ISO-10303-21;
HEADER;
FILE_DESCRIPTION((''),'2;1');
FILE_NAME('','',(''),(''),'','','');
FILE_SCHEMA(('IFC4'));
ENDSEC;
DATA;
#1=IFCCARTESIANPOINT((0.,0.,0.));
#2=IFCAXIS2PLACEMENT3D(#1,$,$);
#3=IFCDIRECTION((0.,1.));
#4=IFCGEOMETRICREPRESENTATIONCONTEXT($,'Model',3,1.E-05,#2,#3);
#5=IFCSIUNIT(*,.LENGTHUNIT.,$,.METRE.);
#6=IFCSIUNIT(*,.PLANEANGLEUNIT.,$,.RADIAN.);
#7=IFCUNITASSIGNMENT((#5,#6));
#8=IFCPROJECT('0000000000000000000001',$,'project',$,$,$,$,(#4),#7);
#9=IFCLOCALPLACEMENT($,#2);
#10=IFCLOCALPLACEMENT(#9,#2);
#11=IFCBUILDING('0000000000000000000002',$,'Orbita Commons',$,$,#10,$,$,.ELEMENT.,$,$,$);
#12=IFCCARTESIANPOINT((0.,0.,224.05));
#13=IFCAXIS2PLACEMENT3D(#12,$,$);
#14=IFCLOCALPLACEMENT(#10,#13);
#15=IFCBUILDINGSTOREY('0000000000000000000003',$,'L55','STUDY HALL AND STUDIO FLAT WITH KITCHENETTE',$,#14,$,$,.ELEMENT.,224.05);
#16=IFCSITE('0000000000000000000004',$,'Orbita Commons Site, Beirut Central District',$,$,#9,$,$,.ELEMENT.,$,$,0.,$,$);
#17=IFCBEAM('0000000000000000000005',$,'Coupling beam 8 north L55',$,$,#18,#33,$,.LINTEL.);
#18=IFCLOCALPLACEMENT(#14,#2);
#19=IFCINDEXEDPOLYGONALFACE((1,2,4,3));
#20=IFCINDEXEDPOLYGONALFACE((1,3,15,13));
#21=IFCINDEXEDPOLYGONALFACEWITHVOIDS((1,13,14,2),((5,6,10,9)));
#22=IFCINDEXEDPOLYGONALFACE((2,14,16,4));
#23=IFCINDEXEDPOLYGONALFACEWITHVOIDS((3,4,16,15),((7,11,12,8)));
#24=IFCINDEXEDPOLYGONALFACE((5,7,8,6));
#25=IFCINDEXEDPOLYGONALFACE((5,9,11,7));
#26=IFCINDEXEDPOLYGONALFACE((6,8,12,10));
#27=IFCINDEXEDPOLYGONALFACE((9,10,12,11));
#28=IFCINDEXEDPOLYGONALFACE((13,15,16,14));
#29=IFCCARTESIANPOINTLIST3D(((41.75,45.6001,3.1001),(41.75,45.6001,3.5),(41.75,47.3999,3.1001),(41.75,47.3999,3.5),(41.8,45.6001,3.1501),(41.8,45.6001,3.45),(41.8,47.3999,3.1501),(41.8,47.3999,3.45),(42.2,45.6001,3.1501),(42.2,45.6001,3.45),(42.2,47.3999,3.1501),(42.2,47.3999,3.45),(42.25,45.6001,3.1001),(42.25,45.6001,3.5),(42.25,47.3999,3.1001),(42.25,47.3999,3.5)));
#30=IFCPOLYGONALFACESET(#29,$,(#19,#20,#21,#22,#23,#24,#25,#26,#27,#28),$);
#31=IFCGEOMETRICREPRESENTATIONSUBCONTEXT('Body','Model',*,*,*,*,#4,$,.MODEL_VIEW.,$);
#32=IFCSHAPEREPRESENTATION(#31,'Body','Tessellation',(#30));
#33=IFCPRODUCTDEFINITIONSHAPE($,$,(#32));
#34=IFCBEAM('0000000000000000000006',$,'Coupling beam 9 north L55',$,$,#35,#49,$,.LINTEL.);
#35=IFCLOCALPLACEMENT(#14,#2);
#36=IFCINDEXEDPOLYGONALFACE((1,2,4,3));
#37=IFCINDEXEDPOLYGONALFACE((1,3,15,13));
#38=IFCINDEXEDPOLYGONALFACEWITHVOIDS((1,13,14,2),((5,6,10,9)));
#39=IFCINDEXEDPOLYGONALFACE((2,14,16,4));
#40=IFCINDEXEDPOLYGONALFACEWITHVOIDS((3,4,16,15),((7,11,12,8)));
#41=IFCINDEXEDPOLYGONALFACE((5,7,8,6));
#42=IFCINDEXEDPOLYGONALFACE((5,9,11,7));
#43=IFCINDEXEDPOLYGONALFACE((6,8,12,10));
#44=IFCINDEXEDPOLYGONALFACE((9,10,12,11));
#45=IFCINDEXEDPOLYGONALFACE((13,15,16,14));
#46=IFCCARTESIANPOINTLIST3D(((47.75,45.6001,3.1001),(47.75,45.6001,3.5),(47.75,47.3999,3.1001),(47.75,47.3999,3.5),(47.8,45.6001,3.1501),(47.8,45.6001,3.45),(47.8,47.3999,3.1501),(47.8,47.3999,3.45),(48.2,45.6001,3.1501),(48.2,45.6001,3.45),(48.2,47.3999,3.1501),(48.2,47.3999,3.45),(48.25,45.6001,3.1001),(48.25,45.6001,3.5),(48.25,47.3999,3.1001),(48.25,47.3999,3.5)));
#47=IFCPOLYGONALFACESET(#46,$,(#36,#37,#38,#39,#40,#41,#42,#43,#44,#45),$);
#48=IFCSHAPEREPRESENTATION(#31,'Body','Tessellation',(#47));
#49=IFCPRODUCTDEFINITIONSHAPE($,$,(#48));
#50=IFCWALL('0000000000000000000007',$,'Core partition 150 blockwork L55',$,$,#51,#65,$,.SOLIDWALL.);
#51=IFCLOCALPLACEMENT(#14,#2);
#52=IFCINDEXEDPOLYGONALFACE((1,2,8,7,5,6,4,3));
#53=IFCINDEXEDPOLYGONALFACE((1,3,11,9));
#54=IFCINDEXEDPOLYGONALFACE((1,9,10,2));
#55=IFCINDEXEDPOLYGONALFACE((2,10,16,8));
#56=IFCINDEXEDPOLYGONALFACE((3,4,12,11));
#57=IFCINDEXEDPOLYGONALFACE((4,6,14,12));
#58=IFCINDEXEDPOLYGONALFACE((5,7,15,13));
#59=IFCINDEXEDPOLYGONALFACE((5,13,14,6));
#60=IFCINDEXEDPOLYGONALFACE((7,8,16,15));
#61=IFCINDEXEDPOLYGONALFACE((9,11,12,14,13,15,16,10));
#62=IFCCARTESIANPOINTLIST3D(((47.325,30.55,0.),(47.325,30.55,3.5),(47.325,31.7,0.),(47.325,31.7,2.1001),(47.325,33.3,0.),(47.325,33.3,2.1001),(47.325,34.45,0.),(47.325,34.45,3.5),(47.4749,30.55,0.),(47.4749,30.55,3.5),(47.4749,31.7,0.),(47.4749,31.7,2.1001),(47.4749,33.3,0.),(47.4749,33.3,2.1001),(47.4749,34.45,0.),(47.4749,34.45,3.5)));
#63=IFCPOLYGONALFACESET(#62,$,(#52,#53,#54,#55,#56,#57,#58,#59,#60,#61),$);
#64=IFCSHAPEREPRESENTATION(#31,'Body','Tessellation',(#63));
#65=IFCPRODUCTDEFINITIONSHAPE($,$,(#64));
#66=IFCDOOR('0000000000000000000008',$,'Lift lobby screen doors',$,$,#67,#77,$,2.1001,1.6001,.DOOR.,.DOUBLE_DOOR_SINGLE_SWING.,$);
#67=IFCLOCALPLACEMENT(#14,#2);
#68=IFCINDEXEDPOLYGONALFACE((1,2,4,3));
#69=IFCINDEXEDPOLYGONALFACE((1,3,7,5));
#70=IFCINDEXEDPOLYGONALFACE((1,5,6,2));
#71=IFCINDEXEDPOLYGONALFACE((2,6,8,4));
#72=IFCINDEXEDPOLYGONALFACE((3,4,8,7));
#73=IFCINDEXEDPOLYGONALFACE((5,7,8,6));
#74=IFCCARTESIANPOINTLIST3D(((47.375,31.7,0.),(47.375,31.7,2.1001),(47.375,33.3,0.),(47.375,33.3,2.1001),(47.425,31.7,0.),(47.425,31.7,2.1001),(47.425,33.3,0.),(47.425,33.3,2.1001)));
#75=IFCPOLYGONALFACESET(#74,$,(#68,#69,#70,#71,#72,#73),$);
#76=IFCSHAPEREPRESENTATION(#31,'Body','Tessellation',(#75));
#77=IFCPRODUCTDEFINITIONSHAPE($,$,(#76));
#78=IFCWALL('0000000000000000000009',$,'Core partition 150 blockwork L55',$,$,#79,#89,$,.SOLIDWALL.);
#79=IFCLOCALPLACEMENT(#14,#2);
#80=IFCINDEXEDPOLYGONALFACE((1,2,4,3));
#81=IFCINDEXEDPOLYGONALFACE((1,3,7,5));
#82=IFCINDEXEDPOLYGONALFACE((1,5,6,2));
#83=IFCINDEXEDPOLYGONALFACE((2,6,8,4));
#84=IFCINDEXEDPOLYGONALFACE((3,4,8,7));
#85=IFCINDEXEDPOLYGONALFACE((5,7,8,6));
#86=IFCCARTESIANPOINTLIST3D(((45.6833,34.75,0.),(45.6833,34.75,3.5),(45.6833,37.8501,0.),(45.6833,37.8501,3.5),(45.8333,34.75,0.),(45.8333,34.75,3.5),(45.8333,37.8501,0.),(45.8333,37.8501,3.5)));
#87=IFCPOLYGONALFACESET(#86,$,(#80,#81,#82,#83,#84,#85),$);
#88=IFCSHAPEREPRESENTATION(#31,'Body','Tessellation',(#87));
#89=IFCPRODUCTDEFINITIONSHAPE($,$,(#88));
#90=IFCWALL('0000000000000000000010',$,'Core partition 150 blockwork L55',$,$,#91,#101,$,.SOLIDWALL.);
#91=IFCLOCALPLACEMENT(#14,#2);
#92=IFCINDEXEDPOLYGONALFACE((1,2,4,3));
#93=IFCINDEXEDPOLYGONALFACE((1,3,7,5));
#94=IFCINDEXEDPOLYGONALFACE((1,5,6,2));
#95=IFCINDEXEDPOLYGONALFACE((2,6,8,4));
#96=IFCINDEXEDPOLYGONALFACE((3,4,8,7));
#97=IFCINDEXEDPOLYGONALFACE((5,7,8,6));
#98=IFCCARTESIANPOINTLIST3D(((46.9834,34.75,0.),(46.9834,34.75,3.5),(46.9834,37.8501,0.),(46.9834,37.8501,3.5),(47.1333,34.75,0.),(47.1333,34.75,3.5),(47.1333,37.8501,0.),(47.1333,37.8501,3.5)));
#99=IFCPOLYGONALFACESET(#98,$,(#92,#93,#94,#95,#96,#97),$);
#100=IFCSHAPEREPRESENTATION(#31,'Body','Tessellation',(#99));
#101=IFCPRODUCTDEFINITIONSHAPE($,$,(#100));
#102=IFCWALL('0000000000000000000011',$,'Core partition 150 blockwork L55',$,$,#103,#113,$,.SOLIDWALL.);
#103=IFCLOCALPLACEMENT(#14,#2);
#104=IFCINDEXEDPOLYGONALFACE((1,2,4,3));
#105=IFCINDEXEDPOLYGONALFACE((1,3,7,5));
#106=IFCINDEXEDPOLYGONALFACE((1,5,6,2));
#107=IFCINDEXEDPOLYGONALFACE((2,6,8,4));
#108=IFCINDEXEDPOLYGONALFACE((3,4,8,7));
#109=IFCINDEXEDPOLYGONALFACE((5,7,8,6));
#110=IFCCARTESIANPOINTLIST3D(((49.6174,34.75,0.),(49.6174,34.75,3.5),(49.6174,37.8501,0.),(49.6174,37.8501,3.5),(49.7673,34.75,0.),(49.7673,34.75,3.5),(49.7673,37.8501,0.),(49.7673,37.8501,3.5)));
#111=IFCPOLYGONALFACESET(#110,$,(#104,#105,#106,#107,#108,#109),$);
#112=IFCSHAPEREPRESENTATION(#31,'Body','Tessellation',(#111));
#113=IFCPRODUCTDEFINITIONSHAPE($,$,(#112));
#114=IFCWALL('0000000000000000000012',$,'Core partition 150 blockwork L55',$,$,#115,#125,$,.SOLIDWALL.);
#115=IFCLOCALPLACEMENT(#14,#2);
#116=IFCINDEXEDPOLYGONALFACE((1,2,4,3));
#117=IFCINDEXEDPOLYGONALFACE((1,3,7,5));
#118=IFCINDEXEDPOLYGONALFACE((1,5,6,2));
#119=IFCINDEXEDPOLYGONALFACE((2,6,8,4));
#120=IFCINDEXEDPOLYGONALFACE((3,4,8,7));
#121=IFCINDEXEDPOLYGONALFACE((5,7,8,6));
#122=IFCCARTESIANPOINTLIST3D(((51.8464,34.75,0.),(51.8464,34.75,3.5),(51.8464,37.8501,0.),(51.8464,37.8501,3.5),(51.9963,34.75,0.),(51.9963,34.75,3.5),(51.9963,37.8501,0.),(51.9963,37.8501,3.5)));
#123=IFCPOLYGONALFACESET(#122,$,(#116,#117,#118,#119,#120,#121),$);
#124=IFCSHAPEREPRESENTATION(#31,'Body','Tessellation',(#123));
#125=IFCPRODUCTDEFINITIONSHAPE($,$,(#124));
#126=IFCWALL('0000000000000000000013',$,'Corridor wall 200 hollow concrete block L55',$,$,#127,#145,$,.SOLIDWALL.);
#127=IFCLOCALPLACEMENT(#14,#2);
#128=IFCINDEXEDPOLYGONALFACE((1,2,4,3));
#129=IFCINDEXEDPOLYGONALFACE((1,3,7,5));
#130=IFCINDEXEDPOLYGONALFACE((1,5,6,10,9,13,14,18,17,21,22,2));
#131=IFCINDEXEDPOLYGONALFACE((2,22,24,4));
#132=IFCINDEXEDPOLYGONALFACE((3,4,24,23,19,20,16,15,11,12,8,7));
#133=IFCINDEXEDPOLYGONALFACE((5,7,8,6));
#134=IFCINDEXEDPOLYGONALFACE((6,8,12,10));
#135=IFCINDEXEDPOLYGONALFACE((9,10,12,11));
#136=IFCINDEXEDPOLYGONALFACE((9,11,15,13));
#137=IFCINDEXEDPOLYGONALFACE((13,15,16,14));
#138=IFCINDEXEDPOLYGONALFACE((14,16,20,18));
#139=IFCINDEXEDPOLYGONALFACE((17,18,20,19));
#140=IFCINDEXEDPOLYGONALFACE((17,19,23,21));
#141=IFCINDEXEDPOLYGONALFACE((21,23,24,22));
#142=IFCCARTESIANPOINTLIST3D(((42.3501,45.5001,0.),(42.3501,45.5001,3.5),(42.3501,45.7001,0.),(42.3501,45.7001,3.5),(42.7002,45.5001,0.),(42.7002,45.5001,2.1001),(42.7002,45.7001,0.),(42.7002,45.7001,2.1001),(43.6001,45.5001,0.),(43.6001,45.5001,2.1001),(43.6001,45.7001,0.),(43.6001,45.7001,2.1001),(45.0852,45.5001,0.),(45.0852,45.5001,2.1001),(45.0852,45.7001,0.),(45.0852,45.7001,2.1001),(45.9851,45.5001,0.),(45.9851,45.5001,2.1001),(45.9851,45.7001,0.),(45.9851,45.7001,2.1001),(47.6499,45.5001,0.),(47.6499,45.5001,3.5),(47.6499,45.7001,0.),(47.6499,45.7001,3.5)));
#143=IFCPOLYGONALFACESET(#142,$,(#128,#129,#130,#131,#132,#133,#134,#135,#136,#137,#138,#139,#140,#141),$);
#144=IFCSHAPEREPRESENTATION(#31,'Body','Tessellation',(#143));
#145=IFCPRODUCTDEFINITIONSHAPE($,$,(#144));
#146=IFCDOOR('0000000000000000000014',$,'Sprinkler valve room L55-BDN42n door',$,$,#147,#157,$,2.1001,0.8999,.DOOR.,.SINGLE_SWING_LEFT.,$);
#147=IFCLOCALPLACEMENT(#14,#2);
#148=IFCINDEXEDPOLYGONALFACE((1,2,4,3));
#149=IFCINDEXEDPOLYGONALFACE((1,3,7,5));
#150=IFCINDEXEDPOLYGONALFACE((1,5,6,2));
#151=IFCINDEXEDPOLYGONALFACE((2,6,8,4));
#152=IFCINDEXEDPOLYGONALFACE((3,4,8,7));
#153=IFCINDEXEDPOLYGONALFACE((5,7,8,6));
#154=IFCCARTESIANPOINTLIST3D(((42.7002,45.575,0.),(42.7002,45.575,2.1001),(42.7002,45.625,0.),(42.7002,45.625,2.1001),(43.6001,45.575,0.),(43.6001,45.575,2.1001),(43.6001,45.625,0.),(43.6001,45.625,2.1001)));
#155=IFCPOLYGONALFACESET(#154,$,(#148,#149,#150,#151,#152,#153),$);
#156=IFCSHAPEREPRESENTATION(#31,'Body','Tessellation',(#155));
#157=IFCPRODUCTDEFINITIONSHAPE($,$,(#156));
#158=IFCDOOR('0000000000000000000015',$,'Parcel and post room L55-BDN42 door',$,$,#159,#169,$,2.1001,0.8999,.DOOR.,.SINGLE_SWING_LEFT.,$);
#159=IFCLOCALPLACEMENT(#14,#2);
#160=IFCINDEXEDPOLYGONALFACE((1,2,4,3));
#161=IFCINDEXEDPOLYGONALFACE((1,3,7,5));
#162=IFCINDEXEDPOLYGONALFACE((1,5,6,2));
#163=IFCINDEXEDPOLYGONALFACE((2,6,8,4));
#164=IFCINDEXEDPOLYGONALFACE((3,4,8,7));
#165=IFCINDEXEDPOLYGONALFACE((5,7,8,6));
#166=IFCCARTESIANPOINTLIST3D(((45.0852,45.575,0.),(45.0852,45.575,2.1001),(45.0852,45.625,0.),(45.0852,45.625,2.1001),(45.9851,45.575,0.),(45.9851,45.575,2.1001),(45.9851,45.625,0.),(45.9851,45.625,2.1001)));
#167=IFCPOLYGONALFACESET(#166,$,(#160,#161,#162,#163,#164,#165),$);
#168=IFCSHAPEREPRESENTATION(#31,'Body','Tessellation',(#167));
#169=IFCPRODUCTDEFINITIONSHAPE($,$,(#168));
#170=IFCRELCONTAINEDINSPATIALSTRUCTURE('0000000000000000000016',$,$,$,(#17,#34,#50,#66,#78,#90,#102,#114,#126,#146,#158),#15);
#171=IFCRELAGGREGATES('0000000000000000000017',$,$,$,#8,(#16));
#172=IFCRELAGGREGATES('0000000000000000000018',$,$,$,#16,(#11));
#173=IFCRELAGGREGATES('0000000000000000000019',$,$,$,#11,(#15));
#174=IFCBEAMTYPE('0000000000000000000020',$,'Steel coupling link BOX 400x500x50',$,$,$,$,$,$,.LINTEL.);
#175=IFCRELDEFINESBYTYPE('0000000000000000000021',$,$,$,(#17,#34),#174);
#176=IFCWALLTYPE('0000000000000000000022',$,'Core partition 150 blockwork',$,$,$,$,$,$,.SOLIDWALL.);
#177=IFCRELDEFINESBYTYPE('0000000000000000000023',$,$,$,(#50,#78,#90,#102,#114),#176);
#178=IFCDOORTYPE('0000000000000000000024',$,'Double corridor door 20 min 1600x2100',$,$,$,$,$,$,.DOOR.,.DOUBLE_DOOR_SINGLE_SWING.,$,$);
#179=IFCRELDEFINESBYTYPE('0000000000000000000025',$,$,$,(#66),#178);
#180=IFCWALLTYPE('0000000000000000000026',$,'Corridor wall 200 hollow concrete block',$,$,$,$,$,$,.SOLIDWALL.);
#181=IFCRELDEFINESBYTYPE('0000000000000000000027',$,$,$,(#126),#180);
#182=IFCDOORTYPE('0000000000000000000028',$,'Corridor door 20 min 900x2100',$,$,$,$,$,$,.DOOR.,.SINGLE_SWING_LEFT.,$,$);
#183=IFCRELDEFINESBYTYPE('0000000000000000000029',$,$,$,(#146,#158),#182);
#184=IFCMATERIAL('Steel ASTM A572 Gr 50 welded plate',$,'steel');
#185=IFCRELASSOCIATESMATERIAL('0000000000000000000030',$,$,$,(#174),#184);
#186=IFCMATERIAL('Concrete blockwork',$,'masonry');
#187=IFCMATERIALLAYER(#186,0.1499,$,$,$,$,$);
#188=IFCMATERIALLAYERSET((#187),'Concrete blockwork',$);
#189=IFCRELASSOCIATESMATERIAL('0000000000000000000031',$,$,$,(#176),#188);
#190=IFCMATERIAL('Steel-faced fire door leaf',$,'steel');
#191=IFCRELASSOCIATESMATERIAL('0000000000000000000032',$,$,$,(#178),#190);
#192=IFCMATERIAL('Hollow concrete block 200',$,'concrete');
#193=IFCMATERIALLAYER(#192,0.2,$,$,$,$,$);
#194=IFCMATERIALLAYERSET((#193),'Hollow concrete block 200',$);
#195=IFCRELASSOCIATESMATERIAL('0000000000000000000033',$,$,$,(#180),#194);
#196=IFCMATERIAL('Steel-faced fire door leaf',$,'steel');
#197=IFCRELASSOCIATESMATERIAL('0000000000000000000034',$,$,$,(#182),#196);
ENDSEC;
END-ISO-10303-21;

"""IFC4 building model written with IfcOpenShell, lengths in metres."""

from ifc_helpers import new_model, si_unit, direction, frame, frame_2d, origin, origin_2d, place, context, subcontext, project, spatial, rectangle, hollow_rectangle, extrude, material, layer, layer_set, material_profile, profile_set, type_object, element, fill, save


model = new_model("IFC4")

# Units and contexts
model_context = context("Model", 3, precision=1e-05, world=origin(), true_north=direction((0.0, 1.0)))
body_context = subcontext(model_context, "Body", "Model", "MODEL_VIEW")
ifc_project = project(units=[si_unit("LENGTHUNIT", "METRE"), si_unit("PLANEANGLEUNIT", "RADIAN")], contexts=[model_context])

# Site, building, storey
site_placement = place(None, origin())
site = spatial("IfcSite", under=ifc_project, at=site_placement, Name="Orbita Commons Site, Beirut Central District", CompositionType="ELEMENT", RefElevation=0.0)
building_placement = place(site_placement, origin())
building = spatial("IfcBuilding", under=site, at=building_placement, Name="Orbita Commons", CompositionType="ELEMENT")
storey_placement = place(building_placement, frame((0.0, 0.0, 224.05)))
storey = spatial("IfcBuildingStorey", under=building, at=storey_placement, Name="L55", Description="STUDY HALL AND STUDIO FLAT WITH KITCHENETTE", CompositionType="ELEMENT", Elevation=224.05)

# Beams
ifc_material_1 = material(Name="Steel ASTM A572 Gr 50 welded plate", Category="steel")
ifc_material_profile = material_profile(ifc_material_1, hollow_rectangle(XDim=0.5, YDim=0.3999, WallThickness=0.05, at=origin_2d()), Name="BOX 400x500x50")
ifc_profile_set = profile_set([ifc_material_profile], Name="Steel ASTM A572 Gr 50 welded plate")
beam_type = type_object("IfcBeamType", Name="Steel coupling link BOX 400x500x50", PredefinedType="LINTEL", material=ifc_profile_set)
for number, where, z_axis, x_axis, name in (
    (1, (42.0, 45.6001, 3.3), (0.0, 1.0, 0.0), (-1.0, 0.0, 0.0), "Coupling beam 8 north L55"),
    (2, (48.0, 45.6001, 3.3), (0.0, 1.0, 0.0), (-1.0, 0.0, 0.0), "Coupling beam 9 north L55"),
):
    element("IfcBeam", number, at=place(storey_placement, frame(where, z_axis=z_axis, x_axis=x_axis)), inside=storey, type_object=beam_type, Name=name, PredefinedType="LINTEL", context=body_context, shape_type="SweptSolid", body=[
        extrude(hollow_rectangle(XDim=0.5, YDim=0.3999, WallThickness=0.05, at=origin_2d()), origin(), (0.0, 0.0, 1.0), 1.7998),
    ])

# Wall, opening, door
ifc_material_2 = material(Name="Concrete blockwork", Category="masonry")
ifc_layer_1 = layer(ifc_material_2, 0.1499)
ifc_layer_set_1 = layer_set([ifc_layer_1], Name="Concrete blockwork")
wall_type_1 = type_object("IfcWallType", Name="Core partition 150 blockwork", PredefinedType="SOLIDWALL", material=ifc_layer_set_1)
wall_1_placement = place(storey_placement, frame((47.3999, 30.55, 0.0), z_axis=(0.0, 0.0, 1.0), x_axis=(0.0, 1.0, 0.0)))
wall_1 = element("IfcWall", 3, at=wall_1_placement, inside=storey, type_object=wall_type_1, Name="Core partition 150 blockwork L55", PredefinedType="SOLIDWALL", context=body_context, shape_type="SweptSolid", body=[
    extrude(rectangle(XDim=3.8999, YDim=0.1499, at=frame_2d((1.95, 0.0))), origin(), (0.0, 0.0, 1.0), 3.5),
])
opening_1_placement = place(wall_1_placement, frame((1.1499, 0.0, 0.0)))
opening_1 = element("IfcOpeningElement", 4, at=opening_1_placement, cuts=wall_1, PredefinedType="OPENING", context=body_context, shape_type="SweptSolid", body=[
    extrude(rectangle(XDim=1.6001, YDim=2.1001, at=frame_2d((0.8, 1.05))), frame((0.0, 0.085, 0.0), z_axis=(0.0, -1.0, 0.0), x_axis=(1.0, 0.0, 0.0)), (0.0, 0.0, 1.0), 0.1699),
])
ifc_material_3 = material(Name="Steel-faced fire door leaf", Category="steel")
door_type_1 = type_object("IfcDoorType", Name="Double corridor door 20 min 1600x2100", OperationType="DOUBLE_DOOR_SINGLE_SWING", PredefinedType="DOOR", material=ifc_material_3)
door_1_placement = place(opening_1_placement, origin())
door_1 = element("IfcDoor", 5, at=door_1_placement, inside=storey, type_object=door_type_1, Name="Lift lobby screen doors", OperationType="DOUBLE_DOOR_SINGLE_SWING", OverallHeight=2.1001, OverallWidth=1.6001, PredefinedType="DOOR", context=body_context, shape_type="SweptSolid", body=[
    extrude(rectangle(XDim=1.6001, YDim=2.1001, at=frame_2d((0.8, 1.05))), frame((0.0, 0.0249, 0.0), z_axis=(0.0, -1.0, 0.0), x_axis=(1.0, 0.0, 0.0)), (0.0, 0.0, 1.0), 0.05),
])
fill(opening_1, door_1)

# Walls
for number, where, z_axis, x_axis, name in (
    (6, (45.7583, 34.75, 0.0), (0.0, 0.0, 1.0), (0.0, 1.0, 0.0), "Core partition 150 blockwork L55"),
    (7, (47.0583, 34.75, 0.0), (0.0, 0.0, 1.0), (0.0, 1.0, 0.0), "Core partition 150 blockwork L55"),
    (8, (49.6924, 34.75, 0.0), (0.0, 0.0, 1.0), (0.0, 1.0, 0.0), "Core partition 150 blockwork L55"),
    (9, (51.9214, 34.75, 0.0), (0.0, 0.0, 1.0), (0.0, 1.0, 0.0), "Core partition 150 blockwork L55"),
):
    element("IfcWall", number, at=place(storey_placement, frame(where, z_axis=z_axis, x_axis=x_axis)), inside=storey, type_object=wall_type_1, Name=name, PredefinedType="SOLIDWALL", context=body_context, shape_type="SweptSolid", body=[
        extrude(rectangle(XDim=3.1001, YDim=0.1499, at=frame_2d((1.55, 0.0))), origin(), (0.0, 0.0, 1.0), 3.5),
    ])

# Wall, openings, doors
ifc_material_4 = material(Name="Hollow concrete block 200", Category="concrete")
ifc_layer_2 = layer(ifc_material_4, 0.2)
ifc_layer_set_2 = layer_set([ifc_layer_2], Name="Hollow concrete block 200")
wall_type_2 = type_object("IfcWallType", Name="Corridor wall 200 hollow concrete block", PredefinedType="SOLIDWALL", material=ifc_layer_set_2)
wall_2_placement = place(storey_placement, frame((42.3501, 45.6001, 0.0), z_axis=(0.0, 0.0, 1.0), x_axis=(1.0, 0.0, 0.0)))
wall_2 = element("IfcWall", 10, at=wall_2_placement, inside=storey, type_object=wall_type_2, Name="Corridor wall 200 hollow concrete block L55", PredefinedType="SOLIDWALL", context=body_context, shape_type="SweptSolid", body=[
    extrude(rectangle(XDim=5.2998, YDim=0.2, at=frame_2d((2.6499, 0.0))), origin(), (0.0, 0.0, 1.0), 3.5),
])
opening_2_placement = place(wall_2_placement, frame((0.3501, 0.0, 0.0)))
opening_2 = element("IfcOpeningElement", 11, at=opening_2_placement, cuts=wall_2, PredefinedType="OPENING", context=body_context, shape_type="SweptSolid", body=[
    extrude(rectangle(XDim=0.8999, YDim=2.1001, at=frame_2d((0.45, 1.05))), frame((0.0, 0.1099, 0.0), z_axis=(0.0, -1.0, 0.0), x_axis=(1.0, 0.0, 0.0)), (0.0, 0.0, 1.0), 0.22),
])
opening_3_placement = place(wall_2_placement, frame((2.7351, 0.0, 0.0)))
opening_3 = element("IfcOpeningElement", 12, at=opening_3_placement, cuts=wall_2, PredefinedType="OPENING", context=body_context, shape_type="SweptSolid", body=[
    extrude(rectangle(XDim=0.8999, YDim=2.1001, at=frame_2d((0.45, 1.05))), frame((0.0, 0.1099, 0.0), z_axis=(0.0, -1.0, 0.0), x_axis=(1.0, 0.0, 0.0)), (0.0, 0.0, 1.0), 0.22),
])
ifc_material_5 = material(Name="Steel-faced fire door leaf", Category="steel")
door_type_2 = type_object("IfcDoorType", Name="Corridor door 20 min 900x2100", OperationType="SINGLE_SWING_LEFT", PredefinedType="DOOR", material=ifc_material_5)
door_2_placement = place(opening_2_placement, origin())
door_2 = element("IfcDoor", 13, at=door_2_placement, inside=storey, type_object=door_type_2, Name="Sprinkler valve room L55-BDN42n door", OperationType="SINGLE_SWING_LEFT", OverallHeight=2.1001, OverallWidth=0.8999, PredefinedType="DOOR", context=body_context, shape_type="SweptSolid", body=[
    extrude(rectangle(XDim=0.8999, YDim=2.1001, at=frame_2d((0.45, 1.05))), frame((0.0, 0.0249, 0.0), z_axis=(0.0, -1.0, 0.0), x_axis=(1.0, 0.0, 0.0)), (0.0, 0.0, 1.0), 0.05),
])
fill(opening_2, door_2)
door_3_placement = place(opening_3_placement, origin())
door_3 = element("IfcDoor", 14, at=door_3_placement, inside=storey, type_object=door_type_2, Name="Parcel and post room L55-BDN42 door", OperationType="SINGLE_SWING_LEFT", OverallHeight=2.1001, OverallWidth=0.8999, PredefinedType="DOOR", context=body_context, shape_type="SweptSolid", body=[
    extrude(rectangle(XDim=0.8999, YDim=2.1001, at=frame_2d((0.45, 1.05))), frame((0.0, 0.0249, 0.0), z_axis=(0.0, -1.0, 0.0), x_axis=(1.0, 0.0, 0.0)), (0.0, 0.0, 1.0), 0.05),
])
fill(opening_3, door_3)

save(model, "model.ifc")
